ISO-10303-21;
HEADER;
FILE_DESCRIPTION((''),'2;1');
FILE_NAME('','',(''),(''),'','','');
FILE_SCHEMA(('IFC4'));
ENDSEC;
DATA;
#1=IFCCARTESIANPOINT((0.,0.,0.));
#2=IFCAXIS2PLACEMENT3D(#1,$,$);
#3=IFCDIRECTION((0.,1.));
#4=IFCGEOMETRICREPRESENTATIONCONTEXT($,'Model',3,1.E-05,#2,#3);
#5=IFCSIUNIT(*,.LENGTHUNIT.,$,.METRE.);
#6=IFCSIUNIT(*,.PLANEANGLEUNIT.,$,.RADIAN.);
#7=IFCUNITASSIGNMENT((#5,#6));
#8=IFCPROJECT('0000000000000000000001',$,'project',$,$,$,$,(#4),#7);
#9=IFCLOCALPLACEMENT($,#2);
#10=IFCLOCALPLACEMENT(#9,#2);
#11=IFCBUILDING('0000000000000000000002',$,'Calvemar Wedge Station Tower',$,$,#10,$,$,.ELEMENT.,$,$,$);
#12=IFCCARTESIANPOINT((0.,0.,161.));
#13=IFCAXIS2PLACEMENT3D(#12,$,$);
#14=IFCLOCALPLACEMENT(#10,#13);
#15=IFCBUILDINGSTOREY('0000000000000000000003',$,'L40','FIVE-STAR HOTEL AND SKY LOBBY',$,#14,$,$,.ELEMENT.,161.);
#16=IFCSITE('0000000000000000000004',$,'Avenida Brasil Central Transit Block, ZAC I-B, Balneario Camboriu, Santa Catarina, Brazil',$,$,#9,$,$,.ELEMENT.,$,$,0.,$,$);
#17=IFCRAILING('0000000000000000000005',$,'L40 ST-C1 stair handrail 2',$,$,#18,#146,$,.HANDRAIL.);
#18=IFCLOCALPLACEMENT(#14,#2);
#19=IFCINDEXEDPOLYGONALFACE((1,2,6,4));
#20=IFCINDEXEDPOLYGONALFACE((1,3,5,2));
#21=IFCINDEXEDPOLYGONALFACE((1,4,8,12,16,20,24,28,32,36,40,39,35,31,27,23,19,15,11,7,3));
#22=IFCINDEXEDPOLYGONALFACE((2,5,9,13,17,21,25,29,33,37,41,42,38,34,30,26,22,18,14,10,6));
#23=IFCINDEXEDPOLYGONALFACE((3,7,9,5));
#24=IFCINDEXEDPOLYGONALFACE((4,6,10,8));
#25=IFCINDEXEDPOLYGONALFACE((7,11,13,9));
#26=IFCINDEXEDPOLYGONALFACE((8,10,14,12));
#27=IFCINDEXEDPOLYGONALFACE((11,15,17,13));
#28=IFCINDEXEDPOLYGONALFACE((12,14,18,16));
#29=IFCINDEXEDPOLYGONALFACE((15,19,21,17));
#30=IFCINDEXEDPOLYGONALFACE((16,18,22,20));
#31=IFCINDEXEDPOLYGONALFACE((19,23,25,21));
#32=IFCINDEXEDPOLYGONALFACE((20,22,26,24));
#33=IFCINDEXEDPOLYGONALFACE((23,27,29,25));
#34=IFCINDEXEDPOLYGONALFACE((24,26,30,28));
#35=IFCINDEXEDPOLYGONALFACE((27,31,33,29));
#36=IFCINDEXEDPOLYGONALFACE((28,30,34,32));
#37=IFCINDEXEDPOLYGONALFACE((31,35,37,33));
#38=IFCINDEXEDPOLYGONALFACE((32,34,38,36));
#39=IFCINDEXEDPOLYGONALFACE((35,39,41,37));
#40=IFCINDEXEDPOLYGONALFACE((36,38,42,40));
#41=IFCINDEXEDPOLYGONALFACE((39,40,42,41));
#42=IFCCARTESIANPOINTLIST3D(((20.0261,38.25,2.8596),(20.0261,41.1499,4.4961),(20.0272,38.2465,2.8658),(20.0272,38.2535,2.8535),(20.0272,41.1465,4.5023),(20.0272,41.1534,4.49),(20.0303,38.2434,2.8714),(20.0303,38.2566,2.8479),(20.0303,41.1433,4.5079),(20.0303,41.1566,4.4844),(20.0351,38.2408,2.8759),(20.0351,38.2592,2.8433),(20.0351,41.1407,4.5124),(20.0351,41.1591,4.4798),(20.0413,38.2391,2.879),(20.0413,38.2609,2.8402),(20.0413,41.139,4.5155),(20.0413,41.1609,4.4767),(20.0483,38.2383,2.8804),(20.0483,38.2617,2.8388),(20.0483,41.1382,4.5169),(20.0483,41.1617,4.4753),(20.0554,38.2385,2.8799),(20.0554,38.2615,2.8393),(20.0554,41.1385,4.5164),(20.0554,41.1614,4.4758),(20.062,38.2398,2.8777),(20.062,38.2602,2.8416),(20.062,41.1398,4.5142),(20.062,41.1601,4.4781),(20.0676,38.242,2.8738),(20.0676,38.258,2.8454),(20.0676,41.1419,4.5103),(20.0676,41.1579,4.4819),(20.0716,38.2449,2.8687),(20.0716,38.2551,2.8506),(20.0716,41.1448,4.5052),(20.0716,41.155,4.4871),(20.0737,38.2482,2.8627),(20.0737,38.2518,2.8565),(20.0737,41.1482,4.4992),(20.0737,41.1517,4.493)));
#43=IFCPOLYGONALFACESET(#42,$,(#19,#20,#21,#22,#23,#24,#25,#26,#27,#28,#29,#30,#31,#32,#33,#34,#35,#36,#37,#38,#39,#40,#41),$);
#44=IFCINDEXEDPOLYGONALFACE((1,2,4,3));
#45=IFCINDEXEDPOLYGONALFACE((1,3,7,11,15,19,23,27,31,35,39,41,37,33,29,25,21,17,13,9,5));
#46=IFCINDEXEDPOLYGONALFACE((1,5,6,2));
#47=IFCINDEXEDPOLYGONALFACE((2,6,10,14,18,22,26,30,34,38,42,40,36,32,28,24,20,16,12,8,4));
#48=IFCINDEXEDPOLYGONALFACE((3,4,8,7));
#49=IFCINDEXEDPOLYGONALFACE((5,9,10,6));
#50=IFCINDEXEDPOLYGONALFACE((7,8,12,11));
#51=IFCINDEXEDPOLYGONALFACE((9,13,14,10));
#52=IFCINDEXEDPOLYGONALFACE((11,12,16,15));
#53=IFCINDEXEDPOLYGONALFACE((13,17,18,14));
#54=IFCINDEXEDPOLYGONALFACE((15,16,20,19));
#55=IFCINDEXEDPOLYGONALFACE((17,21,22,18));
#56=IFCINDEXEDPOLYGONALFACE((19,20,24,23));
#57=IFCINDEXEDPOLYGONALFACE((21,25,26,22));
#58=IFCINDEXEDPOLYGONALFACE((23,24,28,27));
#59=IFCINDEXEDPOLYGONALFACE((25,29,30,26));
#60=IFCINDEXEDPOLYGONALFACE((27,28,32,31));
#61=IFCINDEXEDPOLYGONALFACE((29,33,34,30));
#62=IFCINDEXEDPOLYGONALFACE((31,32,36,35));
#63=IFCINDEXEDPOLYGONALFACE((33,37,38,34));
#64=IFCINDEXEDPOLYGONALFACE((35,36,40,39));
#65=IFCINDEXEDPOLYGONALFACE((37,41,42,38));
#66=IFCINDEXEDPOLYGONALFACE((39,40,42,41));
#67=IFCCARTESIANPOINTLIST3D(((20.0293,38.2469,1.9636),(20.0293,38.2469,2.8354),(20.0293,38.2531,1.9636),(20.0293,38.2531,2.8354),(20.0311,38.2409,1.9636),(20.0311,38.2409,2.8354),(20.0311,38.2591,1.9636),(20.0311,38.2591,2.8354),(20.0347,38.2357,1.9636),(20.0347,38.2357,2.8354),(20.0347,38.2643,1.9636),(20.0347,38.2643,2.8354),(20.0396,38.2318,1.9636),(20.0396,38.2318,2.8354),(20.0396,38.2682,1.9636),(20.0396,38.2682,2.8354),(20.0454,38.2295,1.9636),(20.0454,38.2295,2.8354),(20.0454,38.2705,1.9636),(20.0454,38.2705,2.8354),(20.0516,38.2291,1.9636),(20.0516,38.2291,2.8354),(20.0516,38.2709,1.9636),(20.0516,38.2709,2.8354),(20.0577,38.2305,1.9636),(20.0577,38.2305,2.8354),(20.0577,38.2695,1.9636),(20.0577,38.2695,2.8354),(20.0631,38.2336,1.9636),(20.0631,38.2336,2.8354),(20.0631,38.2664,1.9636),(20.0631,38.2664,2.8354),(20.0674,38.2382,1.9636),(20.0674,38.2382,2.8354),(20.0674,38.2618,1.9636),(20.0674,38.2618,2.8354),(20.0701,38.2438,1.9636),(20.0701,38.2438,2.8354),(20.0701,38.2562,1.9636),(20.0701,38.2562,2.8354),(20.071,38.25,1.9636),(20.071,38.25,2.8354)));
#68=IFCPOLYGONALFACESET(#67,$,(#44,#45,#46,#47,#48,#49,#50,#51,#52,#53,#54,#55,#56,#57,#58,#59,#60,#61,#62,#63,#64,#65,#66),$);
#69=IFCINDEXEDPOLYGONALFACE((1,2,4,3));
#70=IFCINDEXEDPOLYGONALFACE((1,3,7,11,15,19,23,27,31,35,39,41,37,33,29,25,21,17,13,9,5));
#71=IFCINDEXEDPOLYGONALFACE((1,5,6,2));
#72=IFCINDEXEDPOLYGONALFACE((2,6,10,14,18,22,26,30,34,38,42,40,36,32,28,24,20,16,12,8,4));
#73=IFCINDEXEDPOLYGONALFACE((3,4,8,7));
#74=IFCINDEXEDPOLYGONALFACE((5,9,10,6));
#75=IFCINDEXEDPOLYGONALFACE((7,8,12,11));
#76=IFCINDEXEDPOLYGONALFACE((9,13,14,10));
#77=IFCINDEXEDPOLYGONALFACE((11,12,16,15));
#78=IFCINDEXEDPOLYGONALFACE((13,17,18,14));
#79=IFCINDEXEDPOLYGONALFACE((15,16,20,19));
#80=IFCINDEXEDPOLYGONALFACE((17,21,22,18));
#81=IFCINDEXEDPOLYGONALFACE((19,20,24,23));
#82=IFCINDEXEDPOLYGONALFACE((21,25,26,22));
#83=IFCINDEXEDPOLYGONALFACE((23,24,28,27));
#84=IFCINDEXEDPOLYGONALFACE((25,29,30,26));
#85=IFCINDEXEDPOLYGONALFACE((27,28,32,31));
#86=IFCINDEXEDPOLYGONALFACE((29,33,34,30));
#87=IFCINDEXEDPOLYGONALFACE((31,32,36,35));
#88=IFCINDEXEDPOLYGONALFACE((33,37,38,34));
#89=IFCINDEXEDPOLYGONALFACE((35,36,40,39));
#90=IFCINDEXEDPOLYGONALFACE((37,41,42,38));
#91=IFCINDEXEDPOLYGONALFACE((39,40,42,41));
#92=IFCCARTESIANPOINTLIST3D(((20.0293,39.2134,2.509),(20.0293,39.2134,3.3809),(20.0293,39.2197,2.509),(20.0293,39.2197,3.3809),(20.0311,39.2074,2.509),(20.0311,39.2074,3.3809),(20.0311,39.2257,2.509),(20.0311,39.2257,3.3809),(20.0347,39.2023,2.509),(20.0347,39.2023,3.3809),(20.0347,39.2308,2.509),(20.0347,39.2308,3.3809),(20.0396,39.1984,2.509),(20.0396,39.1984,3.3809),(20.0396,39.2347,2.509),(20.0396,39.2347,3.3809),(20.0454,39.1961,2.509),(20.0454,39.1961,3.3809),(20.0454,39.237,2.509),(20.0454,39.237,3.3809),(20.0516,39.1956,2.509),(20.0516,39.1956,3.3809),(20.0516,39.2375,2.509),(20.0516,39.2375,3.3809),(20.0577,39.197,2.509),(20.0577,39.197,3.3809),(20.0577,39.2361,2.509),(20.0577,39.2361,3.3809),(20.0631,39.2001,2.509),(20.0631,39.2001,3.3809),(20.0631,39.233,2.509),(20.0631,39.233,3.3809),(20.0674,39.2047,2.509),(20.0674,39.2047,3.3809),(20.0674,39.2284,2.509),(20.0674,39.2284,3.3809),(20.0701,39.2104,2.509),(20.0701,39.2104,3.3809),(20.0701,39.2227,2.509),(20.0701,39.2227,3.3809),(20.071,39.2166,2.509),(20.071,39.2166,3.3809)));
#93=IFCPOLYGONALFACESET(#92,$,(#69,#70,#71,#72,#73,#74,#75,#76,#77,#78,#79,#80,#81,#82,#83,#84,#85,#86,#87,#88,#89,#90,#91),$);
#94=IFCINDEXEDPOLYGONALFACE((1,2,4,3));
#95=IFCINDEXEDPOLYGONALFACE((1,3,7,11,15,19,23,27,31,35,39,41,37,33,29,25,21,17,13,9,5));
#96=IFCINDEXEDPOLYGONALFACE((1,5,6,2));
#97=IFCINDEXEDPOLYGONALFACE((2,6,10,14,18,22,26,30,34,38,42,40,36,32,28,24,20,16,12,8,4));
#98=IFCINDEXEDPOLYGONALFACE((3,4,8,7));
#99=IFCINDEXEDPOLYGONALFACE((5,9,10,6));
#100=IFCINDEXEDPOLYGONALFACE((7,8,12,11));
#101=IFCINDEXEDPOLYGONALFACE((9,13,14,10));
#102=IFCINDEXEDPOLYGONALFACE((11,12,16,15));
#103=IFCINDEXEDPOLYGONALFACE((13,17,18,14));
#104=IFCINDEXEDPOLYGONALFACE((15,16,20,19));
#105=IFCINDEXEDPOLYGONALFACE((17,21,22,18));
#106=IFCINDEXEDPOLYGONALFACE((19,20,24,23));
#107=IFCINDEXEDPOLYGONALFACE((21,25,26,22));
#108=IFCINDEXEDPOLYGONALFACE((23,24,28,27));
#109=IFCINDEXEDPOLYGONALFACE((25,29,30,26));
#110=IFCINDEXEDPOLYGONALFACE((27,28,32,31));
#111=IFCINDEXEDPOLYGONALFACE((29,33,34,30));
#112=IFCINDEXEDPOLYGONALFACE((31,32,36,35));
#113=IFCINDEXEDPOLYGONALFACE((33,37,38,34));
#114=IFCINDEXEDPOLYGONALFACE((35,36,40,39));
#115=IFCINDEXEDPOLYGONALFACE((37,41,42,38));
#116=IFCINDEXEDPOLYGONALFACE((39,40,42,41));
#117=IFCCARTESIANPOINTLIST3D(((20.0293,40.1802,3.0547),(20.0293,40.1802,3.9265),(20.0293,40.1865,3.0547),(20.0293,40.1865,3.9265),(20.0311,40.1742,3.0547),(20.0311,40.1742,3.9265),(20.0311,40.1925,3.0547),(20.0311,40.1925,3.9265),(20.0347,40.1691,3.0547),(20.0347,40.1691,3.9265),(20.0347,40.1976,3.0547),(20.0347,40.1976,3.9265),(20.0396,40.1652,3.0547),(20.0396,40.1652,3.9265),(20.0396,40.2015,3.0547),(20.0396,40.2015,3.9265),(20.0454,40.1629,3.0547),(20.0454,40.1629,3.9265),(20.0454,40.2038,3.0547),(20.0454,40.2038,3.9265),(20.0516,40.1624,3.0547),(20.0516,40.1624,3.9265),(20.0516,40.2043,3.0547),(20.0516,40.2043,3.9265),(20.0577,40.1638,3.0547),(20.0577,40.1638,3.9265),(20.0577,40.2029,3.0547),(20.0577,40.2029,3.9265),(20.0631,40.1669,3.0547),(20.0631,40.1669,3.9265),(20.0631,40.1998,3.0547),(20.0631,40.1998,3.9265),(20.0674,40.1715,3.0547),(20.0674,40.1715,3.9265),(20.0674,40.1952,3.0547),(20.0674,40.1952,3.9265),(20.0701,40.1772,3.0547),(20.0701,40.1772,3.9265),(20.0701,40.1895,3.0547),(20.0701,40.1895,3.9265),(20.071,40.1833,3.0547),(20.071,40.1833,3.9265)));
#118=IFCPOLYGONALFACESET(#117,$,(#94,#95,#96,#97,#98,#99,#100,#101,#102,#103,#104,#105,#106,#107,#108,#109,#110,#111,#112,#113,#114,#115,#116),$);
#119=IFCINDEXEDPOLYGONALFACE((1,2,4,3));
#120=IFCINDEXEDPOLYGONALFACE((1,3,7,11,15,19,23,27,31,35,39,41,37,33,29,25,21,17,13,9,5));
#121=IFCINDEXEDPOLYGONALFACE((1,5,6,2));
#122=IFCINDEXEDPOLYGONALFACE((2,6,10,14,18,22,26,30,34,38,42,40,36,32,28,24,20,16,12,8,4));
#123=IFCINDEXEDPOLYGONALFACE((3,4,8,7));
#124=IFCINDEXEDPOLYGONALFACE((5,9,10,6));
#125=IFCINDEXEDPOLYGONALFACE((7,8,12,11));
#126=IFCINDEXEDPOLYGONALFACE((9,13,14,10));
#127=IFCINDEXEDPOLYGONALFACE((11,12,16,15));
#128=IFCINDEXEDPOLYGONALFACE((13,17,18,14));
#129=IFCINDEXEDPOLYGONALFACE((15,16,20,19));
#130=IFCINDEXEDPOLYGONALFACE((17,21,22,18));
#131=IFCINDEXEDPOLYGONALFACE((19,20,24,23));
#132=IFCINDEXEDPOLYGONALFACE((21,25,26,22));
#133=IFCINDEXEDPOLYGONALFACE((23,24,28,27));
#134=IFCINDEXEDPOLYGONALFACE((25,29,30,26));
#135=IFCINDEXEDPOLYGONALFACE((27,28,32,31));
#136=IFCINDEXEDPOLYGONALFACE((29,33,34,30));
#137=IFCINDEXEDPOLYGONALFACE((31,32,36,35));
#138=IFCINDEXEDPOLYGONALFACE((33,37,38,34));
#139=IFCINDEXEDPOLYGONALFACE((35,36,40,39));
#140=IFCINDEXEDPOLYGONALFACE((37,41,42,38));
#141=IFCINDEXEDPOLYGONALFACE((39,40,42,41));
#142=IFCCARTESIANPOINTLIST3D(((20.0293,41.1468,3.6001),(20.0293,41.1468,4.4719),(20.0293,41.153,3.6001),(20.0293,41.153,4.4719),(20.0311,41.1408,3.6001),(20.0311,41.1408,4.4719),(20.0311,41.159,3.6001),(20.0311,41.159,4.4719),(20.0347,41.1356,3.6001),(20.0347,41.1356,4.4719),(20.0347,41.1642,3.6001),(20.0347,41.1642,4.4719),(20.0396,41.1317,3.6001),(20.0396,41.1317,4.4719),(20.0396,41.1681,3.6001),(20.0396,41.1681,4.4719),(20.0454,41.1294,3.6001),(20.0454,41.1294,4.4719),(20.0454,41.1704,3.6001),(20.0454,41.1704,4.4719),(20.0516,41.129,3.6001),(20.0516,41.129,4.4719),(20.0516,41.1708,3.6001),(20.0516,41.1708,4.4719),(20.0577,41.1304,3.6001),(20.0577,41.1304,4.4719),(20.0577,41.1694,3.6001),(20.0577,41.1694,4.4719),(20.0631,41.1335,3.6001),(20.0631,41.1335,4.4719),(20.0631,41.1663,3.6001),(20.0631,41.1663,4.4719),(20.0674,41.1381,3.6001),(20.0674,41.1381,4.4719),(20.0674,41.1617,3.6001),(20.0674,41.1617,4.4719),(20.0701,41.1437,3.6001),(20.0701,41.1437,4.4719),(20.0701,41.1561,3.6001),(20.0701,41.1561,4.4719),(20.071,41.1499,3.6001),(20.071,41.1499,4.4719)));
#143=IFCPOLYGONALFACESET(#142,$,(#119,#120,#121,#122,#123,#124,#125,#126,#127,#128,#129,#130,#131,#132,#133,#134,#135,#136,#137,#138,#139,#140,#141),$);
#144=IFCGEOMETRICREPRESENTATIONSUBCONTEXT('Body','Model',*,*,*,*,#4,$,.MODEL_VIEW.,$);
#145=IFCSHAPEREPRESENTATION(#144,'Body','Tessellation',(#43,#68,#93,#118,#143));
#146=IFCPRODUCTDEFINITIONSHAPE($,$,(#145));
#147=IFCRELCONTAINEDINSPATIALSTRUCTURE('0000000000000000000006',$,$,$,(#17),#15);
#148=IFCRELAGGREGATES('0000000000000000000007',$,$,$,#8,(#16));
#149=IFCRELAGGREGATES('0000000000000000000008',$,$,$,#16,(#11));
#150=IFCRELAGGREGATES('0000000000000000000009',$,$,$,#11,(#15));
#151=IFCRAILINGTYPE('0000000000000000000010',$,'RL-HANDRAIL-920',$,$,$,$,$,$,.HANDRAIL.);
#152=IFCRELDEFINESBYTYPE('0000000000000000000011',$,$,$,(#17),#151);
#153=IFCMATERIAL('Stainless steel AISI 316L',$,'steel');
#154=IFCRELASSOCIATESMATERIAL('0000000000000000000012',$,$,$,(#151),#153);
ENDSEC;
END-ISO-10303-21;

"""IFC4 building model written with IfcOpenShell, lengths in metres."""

from ifc_helpers import new_model, si_unit, direction, frame, origin, origin_2d, place, context, subcontext, project, spatial, circle, extrude, material, type_object, element, save


model = new_model("IFC4")

# Units and contexts
model_context = context("Model", 3, precision=1e-05, world=origin(), true_north=direction((0.0, 1.0)))
body_context = subcontext(model_context, "Body", "Model", "MODEL_VIEW")
ifc_project = project(units=[si_unit("LENGTHUNIT", "METRE"), si_unit("PLANEANGLEUNIT", "RADIAN")], contexts=[model_context])

# Site, building, storey
site_placement = place(None, origin())
site = spatial("IfcSite", under=ifc_project, at=site_placement, Name="Avenida Brasil Central Transit Block, ZAC I-B, Balneario Camboriu, Santa Catarina, Brazil", CompositionType="ELEMENT", RefElevation=0.0)
building_placement = place(site_placement, origin())
building = spatial("IfcBuilding", under=site, at=building_placement, Name="Calvemar Wedge Station Tower", CompositionType="ELEMENT")
storey_placement = place(building_placement, frame((0.0, 0.0, 161.0)))
storey = spatial("IfcBuildingStorey", under=building, at=storey_placement, Name="L40", Description="FIVE-STAR HOTEL AND SKY LOBBY", CompositionType="ELEMENT", Elevation=161.0)

# Railing
ifc_material_1 = material(Name="Stainless steel AISI 316L", Category="steel")
railing_type_1 = type_object("IfcRailingType", Name="RL-HANDRAIL-920", PredefinedType="HANDRAIL", material=ifc_material_1)
railing_1_placement = place(storey_placement, frame((20.05, 38.25, 1.9636)))
element("IfcRailing", 1, at=railing_1_placement, inside=storey, type_object=railing_type_1, Name="L40 ST-C1 stair handrail 2", PredefinedType="HANDRAIL", context=body_context, shape_type="SweptSolid", body=[
    extrude(circle(Radius=0.0239, at=origin_2d()), frame((0.0, 0.0, 0.896), z_axis=(0.0, 0.870897, 0.491465), x_axis=(-1.0, 0.0, 0.0)), (0.0, 0.0, 1.0), 3.3298),
    extrude(circle(Radius=0.021, at=origin_2d()), origin(), (0.0, 0.0, 1.0), 0.8718),
    extrude(circle(Radius=0.021, at=origin_2d()), frame((0.0, 0.9666, 0.5454)), (0.0, 0.0, 1.0), 0.8718),
    extrude(circle(Radius=0.021, at=origin_2d()), frame((0.0, 1.9333, 1.0911)), (0.0, 0.0, 1.0), 0.8718),
    extrude(circle(Radius=0.021, at=origin_2d()), frame((0.0, 2.8999, 1.6365)), (0.0, 0.0, 1.0), 0.8718),
])

save(model, "model.ifc")
